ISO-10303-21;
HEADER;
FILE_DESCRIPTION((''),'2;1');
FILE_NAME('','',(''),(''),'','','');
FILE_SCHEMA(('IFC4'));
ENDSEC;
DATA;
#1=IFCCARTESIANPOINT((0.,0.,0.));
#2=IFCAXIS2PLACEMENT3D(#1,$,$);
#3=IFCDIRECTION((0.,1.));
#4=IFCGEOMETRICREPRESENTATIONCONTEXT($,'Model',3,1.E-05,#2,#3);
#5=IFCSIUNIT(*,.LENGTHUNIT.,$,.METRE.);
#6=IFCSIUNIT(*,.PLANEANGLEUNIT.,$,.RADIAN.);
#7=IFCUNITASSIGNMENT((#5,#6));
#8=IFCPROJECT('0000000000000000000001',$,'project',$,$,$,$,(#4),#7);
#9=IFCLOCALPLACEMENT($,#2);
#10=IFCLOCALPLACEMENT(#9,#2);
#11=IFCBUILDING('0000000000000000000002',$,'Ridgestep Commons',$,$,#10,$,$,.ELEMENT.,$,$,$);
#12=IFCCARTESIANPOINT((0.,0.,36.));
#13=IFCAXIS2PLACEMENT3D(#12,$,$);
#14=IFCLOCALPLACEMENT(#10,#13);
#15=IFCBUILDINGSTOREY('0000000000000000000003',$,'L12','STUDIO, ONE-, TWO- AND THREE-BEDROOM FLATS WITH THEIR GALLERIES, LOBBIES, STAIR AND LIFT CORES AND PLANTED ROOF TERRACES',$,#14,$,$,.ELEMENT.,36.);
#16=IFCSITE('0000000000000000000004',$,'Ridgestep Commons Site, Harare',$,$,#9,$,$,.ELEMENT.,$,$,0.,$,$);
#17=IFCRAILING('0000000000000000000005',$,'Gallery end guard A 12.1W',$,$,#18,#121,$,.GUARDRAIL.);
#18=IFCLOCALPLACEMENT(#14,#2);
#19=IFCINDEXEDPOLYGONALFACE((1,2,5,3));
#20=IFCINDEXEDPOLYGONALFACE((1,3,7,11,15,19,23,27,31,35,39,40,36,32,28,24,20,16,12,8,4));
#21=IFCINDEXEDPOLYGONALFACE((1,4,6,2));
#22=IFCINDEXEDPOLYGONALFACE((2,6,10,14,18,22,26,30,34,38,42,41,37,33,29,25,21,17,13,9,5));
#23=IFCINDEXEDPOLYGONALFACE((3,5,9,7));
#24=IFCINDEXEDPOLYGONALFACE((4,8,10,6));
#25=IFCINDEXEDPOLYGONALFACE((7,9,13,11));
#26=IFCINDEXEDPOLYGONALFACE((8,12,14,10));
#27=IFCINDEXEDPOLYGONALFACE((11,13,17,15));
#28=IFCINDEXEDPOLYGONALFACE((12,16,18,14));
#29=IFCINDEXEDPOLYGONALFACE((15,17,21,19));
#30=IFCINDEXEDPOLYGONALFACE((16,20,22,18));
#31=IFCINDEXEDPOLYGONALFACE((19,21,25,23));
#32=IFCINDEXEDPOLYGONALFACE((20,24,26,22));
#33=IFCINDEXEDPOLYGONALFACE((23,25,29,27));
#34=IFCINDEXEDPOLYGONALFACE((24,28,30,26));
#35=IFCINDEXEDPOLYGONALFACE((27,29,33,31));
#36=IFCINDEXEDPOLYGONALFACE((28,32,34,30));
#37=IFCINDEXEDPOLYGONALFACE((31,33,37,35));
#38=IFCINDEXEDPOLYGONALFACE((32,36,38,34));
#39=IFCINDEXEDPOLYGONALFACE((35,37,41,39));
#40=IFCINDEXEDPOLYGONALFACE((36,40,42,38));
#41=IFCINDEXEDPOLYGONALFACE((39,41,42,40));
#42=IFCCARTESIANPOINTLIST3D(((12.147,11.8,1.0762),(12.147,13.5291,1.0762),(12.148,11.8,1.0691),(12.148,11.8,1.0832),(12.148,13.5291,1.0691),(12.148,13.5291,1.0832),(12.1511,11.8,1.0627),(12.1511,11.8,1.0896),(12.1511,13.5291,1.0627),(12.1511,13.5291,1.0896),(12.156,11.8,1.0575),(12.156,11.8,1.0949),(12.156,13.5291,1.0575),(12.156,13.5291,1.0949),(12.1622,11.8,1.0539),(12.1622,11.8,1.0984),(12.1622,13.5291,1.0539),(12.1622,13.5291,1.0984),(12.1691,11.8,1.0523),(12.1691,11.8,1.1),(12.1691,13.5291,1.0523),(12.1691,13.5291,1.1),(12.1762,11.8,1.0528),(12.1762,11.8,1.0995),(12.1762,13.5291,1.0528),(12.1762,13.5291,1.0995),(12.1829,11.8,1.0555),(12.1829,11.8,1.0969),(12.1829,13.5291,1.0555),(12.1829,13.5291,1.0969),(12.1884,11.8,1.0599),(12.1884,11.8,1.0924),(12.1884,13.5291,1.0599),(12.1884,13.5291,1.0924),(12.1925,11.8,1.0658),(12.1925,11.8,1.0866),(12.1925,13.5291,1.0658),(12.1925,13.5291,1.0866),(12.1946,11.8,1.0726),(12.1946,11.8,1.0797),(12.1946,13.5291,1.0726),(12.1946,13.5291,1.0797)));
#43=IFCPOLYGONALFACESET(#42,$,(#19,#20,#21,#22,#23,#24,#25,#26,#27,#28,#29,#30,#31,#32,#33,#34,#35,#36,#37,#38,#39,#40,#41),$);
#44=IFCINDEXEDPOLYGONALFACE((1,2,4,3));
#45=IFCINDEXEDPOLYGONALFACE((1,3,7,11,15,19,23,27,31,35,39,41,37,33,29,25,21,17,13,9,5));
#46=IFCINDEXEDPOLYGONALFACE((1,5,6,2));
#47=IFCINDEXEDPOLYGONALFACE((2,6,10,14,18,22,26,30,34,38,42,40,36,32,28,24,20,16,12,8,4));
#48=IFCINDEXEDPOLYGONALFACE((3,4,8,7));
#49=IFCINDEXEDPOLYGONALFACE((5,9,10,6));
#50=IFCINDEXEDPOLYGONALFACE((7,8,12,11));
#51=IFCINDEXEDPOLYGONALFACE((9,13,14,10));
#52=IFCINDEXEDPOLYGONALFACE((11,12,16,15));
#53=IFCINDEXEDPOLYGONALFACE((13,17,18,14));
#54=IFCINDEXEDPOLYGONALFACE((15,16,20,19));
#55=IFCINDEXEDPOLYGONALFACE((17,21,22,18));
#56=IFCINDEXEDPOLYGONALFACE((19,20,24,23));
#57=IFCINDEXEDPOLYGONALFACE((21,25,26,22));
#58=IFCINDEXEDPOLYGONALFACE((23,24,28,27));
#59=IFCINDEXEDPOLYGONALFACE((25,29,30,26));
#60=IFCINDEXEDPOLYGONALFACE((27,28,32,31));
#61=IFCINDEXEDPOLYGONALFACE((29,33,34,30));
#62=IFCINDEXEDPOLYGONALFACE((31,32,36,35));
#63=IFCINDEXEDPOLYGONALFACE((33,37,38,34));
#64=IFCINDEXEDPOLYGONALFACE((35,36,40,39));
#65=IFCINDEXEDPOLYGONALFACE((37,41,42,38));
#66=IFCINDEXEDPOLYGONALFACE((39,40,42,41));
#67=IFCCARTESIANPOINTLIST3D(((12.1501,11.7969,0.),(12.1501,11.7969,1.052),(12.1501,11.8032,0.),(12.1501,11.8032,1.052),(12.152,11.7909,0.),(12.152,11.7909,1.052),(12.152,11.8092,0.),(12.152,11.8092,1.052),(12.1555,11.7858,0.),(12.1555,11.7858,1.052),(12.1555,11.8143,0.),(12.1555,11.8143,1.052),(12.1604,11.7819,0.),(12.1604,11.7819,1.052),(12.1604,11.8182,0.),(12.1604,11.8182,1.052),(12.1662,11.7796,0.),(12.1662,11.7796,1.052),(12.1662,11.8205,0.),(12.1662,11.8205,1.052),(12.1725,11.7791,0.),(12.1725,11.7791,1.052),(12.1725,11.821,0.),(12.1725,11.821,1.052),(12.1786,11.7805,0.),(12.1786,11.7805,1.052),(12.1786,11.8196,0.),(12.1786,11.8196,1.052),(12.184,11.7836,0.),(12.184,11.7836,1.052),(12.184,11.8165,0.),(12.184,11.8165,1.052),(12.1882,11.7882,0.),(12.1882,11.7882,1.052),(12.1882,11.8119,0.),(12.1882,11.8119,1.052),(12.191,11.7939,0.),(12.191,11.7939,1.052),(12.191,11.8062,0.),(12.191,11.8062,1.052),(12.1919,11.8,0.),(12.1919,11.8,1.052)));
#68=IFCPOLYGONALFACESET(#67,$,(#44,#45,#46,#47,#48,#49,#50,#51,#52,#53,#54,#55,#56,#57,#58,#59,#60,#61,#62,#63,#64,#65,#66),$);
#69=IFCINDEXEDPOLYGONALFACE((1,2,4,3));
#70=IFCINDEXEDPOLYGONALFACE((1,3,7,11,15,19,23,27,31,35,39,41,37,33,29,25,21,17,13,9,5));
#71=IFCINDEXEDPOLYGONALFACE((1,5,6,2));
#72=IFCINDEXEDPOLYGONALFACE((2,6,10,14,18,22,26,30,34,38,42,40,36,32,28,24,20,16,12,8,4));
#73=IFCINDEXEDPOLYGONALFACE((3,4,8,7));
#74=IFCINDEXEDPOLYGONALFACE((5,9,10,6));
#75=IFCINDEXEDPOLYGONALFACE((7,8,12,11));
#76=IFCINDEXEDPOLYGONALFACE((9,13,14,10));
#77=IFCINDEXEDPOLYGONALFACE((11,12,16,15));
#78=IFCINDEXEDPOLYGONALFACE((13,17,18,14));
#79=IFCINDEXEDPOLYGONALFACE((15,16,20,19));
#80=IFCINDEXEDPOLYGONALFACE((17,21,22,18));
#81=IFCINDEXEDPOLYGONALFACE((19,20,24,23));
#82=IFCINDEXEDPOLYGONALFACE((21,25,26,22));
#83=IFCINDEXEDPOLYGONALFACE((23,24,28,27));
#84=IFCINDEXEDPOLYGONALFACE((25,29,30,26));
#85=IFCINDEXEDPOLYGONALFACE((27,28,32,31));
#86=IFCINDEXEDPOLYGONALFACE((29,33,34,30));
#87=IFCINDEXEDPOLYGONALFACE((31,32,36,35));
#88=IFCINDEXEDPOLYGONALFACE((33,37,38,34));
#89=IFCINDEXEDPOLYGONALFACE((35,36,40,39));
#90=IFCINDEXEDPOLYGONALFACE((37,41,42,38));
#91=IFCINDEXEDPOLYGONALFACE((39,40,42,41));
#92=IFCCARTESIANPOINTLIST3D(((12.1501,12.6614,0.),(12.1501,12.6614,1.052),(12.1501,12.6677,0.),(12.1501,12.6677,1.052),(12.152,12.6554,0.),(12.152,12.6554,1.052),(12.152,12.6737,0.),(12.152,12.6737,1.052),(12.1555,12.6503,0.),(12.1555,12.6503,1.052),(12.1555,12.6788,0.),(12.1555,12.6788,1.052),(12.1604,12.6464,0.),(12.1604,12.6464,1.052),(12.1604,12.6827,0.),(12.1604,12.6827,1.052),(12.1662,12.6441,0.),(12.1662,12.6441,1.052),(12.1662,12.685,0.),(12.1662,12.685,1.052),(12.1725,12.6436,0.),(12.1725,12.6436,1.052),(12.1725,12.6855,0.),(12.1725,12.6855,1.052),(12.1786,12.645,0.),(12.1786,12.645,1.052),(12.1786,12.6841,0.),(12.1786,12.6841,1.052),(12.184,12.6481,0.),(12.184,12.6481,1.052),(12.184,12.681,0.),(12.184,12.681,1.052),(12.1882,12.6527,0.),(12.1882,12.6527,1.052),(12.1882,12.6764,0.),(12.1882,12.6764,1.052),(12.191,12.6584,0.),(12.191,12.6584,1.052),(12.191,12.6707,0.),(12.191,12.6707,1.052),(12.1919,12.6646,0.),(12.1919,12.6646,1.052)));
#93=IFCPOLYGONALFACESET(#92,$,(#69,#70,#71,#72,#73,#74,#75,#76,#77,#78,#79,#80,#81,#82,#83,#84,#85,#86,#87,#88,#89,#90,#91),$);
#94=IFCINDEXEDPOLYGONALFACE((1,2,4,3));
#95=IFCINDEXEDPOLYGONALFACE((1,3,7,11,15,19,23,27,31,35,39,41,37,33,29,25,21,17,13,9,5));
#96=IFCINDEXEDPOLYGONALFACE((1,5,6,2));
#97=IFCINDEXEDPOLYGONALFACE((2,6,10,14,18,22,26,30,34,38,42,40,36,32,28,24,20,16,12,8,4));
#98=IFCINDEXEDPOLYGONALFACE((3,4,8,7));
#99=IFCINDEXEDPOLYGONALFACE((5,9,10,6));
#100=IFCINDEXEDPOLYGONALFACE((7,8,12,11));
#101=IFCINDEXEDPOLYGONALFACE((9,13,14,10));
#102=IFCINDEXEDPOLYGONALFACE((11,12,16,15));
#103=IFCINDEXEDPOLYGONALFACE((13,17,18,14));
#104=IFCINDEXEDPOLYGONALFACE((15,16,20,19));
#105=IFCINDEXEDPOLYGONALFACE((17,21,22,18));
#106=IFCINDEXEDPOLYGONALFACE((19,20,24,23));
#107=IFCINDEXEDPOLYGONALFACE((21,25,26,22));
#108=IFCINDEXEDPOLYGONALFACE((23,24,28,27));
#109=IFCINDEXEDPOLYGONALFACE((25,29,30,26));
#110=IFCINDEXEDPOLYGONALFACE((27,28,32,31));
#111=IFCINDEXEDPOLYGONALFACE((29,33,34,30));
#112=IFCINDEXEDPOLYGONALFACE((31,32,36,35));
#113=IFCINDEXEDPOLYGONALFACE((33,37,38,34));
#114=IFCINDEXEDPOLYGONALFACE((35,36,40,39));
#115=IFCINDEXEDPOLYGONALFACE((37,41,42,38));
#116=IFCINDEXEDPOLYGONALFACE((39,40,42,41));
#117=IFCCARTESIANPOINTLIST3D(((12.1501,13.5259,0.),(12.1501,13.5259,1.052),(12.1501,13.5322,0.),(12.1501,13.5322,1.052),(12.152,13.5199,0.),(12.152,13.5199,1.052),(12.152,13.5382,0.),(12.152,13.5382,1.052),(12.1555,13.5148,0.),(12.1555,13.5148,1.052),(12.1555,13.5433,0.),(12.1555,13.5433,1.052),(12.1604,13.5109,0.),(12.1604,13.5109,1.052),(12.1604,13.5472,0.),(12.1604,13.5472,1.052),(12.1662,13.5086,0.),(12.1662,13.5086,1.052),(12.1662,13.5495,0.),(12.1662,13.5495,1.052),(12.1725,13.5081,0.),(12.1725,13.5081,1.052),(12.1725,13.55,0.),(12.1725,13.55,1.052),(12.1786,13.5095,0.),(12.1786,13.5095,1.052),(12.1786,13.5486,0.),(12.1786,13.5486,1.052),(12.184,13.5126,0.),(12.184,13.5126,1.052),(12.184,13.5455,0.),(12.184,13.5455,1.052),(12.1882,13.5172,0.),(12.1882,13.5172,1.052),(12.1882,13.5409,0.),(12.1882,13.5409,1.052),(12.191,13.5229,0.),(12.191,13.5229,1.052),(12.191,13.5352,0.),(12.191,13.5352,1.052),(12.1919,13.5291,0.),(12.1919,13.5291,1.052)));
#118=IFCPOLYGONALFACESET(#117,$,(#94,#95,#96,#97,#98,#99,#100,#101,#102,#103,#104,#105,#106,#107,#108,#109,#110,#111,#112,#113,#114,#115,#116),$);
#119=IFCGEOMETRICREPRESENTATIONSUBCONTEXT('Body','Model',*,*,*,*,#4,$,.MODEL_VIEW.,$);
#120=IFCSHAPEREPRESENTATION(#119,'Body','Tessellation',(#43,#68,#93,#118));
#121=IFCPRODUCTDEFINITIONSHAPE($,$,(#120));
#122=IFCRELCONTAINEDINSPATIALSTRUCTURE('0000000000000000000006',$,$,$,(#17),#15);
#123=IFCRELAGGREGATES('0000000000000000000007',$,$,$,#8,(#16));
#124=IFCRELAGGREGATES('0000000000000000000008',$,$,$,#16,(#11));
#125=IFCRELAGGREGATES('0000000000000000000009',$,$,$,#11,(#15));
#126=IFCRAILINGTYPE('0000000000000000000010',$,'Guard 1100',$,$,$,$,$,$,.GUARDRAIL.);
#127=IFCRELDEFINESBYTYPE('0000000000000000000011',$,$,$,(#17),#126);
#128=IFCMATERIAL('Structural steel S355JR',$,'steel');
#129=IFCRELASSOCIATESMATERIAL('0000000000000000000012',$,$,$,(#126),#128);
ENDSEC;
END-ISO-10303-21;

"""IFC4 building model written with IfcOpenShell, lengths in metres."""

from ifc_helpers import new_model, si_unit, direction, frame, origin, origin_2d, place, context, subcontext, project, spatial, circle, extrude, material, type_object, element, save


model = new_model("IFC4")

# Units and contexts
model_context = context("Model", 3, precision=1e-05, world=origin(), true_north=direction((0.0, 1.0)))
body_context = subcontext(model_context, "Body", "Model", "MODEL_VIEW")
ifc_project = project(units=[si_unit("LENGTHUNIT", "METRE"), si_unit("PLANEANGLEUNIT", "RADIAN")], contexts=[model_context])

# Site, building, storey
site_placement = place(None, origin())
site = spatial("IfcSite", under=ifc_project, at=site_placement, Name="Ridgestep Commons Site, Harare", CompositionType="ELEMENT", RefElevation=0.0)
building_placement = place(site_placement, origin())
building = spatial("IfcBuilding", under=site, at=building_placement, Name="Ridgestep Commons", CompositionType="ELEMENT")
storey_placement = place(building_placement, frame((0.0, 0.0, 36.0)))
storey = spatial("IfcBuildingStorey", under=building, at=storey_placement, Name="L12", Description="STUDIO, ONE-, TWO- AND THREE-BEDROOM FLATS WITH THEIR GALLERIES, LOBBIES, STAIR AND LIFT CORES AND PLANTED ROOF TERRACES", CompositionType="ELEMENT", Elevation=36.0)

# Railing
ifc_material_1 = material(Name="Structural steel S355JR", Category="steel")
railing_type = type_object("IfcRailingType", Name="Guard 1100", PredefinedType="GUARDRAIL", material=ifc_material_1)
railing_1_placement = place(storey_placement, frame((12.1709, 11.8, 0.0)))
element("IfcRailing", 1, at=railing_1_placement, inside=storey, type_object=railing_type, Name="Gallery end guard A 12.1W", PredefinedType="GUARDRAIL", context=body_context, shape_type="SweptSolid", body=[
    extrude(circle(Radius=0.0239, at=origin_2d()), frame((0.0, 0.0, 1.0762), z_axis=(0.0, 1.0, 0.0), x_axis=(-1.0, 0.0, 0.0)), (0.0, 0.0, 1.0), 1.729),
    extrude(circle(Radius=0.021, at=origin_2d()), origin(), (0.0, 0.0, 1.0), 1.052),
    extrude(circle(Radius=0.021, at=origin_2d()), frame((0.0, 0.8645, 0.0)), (0.0, 0.0, 1.0), 1.052),
    extrude(circle(Radius=0.021, at=origin_2d()), frame((0.0, 1.729, 0.0)), (0.0, 0.0, 1.0), 1.052),
])

save(model, "model.ifc")
